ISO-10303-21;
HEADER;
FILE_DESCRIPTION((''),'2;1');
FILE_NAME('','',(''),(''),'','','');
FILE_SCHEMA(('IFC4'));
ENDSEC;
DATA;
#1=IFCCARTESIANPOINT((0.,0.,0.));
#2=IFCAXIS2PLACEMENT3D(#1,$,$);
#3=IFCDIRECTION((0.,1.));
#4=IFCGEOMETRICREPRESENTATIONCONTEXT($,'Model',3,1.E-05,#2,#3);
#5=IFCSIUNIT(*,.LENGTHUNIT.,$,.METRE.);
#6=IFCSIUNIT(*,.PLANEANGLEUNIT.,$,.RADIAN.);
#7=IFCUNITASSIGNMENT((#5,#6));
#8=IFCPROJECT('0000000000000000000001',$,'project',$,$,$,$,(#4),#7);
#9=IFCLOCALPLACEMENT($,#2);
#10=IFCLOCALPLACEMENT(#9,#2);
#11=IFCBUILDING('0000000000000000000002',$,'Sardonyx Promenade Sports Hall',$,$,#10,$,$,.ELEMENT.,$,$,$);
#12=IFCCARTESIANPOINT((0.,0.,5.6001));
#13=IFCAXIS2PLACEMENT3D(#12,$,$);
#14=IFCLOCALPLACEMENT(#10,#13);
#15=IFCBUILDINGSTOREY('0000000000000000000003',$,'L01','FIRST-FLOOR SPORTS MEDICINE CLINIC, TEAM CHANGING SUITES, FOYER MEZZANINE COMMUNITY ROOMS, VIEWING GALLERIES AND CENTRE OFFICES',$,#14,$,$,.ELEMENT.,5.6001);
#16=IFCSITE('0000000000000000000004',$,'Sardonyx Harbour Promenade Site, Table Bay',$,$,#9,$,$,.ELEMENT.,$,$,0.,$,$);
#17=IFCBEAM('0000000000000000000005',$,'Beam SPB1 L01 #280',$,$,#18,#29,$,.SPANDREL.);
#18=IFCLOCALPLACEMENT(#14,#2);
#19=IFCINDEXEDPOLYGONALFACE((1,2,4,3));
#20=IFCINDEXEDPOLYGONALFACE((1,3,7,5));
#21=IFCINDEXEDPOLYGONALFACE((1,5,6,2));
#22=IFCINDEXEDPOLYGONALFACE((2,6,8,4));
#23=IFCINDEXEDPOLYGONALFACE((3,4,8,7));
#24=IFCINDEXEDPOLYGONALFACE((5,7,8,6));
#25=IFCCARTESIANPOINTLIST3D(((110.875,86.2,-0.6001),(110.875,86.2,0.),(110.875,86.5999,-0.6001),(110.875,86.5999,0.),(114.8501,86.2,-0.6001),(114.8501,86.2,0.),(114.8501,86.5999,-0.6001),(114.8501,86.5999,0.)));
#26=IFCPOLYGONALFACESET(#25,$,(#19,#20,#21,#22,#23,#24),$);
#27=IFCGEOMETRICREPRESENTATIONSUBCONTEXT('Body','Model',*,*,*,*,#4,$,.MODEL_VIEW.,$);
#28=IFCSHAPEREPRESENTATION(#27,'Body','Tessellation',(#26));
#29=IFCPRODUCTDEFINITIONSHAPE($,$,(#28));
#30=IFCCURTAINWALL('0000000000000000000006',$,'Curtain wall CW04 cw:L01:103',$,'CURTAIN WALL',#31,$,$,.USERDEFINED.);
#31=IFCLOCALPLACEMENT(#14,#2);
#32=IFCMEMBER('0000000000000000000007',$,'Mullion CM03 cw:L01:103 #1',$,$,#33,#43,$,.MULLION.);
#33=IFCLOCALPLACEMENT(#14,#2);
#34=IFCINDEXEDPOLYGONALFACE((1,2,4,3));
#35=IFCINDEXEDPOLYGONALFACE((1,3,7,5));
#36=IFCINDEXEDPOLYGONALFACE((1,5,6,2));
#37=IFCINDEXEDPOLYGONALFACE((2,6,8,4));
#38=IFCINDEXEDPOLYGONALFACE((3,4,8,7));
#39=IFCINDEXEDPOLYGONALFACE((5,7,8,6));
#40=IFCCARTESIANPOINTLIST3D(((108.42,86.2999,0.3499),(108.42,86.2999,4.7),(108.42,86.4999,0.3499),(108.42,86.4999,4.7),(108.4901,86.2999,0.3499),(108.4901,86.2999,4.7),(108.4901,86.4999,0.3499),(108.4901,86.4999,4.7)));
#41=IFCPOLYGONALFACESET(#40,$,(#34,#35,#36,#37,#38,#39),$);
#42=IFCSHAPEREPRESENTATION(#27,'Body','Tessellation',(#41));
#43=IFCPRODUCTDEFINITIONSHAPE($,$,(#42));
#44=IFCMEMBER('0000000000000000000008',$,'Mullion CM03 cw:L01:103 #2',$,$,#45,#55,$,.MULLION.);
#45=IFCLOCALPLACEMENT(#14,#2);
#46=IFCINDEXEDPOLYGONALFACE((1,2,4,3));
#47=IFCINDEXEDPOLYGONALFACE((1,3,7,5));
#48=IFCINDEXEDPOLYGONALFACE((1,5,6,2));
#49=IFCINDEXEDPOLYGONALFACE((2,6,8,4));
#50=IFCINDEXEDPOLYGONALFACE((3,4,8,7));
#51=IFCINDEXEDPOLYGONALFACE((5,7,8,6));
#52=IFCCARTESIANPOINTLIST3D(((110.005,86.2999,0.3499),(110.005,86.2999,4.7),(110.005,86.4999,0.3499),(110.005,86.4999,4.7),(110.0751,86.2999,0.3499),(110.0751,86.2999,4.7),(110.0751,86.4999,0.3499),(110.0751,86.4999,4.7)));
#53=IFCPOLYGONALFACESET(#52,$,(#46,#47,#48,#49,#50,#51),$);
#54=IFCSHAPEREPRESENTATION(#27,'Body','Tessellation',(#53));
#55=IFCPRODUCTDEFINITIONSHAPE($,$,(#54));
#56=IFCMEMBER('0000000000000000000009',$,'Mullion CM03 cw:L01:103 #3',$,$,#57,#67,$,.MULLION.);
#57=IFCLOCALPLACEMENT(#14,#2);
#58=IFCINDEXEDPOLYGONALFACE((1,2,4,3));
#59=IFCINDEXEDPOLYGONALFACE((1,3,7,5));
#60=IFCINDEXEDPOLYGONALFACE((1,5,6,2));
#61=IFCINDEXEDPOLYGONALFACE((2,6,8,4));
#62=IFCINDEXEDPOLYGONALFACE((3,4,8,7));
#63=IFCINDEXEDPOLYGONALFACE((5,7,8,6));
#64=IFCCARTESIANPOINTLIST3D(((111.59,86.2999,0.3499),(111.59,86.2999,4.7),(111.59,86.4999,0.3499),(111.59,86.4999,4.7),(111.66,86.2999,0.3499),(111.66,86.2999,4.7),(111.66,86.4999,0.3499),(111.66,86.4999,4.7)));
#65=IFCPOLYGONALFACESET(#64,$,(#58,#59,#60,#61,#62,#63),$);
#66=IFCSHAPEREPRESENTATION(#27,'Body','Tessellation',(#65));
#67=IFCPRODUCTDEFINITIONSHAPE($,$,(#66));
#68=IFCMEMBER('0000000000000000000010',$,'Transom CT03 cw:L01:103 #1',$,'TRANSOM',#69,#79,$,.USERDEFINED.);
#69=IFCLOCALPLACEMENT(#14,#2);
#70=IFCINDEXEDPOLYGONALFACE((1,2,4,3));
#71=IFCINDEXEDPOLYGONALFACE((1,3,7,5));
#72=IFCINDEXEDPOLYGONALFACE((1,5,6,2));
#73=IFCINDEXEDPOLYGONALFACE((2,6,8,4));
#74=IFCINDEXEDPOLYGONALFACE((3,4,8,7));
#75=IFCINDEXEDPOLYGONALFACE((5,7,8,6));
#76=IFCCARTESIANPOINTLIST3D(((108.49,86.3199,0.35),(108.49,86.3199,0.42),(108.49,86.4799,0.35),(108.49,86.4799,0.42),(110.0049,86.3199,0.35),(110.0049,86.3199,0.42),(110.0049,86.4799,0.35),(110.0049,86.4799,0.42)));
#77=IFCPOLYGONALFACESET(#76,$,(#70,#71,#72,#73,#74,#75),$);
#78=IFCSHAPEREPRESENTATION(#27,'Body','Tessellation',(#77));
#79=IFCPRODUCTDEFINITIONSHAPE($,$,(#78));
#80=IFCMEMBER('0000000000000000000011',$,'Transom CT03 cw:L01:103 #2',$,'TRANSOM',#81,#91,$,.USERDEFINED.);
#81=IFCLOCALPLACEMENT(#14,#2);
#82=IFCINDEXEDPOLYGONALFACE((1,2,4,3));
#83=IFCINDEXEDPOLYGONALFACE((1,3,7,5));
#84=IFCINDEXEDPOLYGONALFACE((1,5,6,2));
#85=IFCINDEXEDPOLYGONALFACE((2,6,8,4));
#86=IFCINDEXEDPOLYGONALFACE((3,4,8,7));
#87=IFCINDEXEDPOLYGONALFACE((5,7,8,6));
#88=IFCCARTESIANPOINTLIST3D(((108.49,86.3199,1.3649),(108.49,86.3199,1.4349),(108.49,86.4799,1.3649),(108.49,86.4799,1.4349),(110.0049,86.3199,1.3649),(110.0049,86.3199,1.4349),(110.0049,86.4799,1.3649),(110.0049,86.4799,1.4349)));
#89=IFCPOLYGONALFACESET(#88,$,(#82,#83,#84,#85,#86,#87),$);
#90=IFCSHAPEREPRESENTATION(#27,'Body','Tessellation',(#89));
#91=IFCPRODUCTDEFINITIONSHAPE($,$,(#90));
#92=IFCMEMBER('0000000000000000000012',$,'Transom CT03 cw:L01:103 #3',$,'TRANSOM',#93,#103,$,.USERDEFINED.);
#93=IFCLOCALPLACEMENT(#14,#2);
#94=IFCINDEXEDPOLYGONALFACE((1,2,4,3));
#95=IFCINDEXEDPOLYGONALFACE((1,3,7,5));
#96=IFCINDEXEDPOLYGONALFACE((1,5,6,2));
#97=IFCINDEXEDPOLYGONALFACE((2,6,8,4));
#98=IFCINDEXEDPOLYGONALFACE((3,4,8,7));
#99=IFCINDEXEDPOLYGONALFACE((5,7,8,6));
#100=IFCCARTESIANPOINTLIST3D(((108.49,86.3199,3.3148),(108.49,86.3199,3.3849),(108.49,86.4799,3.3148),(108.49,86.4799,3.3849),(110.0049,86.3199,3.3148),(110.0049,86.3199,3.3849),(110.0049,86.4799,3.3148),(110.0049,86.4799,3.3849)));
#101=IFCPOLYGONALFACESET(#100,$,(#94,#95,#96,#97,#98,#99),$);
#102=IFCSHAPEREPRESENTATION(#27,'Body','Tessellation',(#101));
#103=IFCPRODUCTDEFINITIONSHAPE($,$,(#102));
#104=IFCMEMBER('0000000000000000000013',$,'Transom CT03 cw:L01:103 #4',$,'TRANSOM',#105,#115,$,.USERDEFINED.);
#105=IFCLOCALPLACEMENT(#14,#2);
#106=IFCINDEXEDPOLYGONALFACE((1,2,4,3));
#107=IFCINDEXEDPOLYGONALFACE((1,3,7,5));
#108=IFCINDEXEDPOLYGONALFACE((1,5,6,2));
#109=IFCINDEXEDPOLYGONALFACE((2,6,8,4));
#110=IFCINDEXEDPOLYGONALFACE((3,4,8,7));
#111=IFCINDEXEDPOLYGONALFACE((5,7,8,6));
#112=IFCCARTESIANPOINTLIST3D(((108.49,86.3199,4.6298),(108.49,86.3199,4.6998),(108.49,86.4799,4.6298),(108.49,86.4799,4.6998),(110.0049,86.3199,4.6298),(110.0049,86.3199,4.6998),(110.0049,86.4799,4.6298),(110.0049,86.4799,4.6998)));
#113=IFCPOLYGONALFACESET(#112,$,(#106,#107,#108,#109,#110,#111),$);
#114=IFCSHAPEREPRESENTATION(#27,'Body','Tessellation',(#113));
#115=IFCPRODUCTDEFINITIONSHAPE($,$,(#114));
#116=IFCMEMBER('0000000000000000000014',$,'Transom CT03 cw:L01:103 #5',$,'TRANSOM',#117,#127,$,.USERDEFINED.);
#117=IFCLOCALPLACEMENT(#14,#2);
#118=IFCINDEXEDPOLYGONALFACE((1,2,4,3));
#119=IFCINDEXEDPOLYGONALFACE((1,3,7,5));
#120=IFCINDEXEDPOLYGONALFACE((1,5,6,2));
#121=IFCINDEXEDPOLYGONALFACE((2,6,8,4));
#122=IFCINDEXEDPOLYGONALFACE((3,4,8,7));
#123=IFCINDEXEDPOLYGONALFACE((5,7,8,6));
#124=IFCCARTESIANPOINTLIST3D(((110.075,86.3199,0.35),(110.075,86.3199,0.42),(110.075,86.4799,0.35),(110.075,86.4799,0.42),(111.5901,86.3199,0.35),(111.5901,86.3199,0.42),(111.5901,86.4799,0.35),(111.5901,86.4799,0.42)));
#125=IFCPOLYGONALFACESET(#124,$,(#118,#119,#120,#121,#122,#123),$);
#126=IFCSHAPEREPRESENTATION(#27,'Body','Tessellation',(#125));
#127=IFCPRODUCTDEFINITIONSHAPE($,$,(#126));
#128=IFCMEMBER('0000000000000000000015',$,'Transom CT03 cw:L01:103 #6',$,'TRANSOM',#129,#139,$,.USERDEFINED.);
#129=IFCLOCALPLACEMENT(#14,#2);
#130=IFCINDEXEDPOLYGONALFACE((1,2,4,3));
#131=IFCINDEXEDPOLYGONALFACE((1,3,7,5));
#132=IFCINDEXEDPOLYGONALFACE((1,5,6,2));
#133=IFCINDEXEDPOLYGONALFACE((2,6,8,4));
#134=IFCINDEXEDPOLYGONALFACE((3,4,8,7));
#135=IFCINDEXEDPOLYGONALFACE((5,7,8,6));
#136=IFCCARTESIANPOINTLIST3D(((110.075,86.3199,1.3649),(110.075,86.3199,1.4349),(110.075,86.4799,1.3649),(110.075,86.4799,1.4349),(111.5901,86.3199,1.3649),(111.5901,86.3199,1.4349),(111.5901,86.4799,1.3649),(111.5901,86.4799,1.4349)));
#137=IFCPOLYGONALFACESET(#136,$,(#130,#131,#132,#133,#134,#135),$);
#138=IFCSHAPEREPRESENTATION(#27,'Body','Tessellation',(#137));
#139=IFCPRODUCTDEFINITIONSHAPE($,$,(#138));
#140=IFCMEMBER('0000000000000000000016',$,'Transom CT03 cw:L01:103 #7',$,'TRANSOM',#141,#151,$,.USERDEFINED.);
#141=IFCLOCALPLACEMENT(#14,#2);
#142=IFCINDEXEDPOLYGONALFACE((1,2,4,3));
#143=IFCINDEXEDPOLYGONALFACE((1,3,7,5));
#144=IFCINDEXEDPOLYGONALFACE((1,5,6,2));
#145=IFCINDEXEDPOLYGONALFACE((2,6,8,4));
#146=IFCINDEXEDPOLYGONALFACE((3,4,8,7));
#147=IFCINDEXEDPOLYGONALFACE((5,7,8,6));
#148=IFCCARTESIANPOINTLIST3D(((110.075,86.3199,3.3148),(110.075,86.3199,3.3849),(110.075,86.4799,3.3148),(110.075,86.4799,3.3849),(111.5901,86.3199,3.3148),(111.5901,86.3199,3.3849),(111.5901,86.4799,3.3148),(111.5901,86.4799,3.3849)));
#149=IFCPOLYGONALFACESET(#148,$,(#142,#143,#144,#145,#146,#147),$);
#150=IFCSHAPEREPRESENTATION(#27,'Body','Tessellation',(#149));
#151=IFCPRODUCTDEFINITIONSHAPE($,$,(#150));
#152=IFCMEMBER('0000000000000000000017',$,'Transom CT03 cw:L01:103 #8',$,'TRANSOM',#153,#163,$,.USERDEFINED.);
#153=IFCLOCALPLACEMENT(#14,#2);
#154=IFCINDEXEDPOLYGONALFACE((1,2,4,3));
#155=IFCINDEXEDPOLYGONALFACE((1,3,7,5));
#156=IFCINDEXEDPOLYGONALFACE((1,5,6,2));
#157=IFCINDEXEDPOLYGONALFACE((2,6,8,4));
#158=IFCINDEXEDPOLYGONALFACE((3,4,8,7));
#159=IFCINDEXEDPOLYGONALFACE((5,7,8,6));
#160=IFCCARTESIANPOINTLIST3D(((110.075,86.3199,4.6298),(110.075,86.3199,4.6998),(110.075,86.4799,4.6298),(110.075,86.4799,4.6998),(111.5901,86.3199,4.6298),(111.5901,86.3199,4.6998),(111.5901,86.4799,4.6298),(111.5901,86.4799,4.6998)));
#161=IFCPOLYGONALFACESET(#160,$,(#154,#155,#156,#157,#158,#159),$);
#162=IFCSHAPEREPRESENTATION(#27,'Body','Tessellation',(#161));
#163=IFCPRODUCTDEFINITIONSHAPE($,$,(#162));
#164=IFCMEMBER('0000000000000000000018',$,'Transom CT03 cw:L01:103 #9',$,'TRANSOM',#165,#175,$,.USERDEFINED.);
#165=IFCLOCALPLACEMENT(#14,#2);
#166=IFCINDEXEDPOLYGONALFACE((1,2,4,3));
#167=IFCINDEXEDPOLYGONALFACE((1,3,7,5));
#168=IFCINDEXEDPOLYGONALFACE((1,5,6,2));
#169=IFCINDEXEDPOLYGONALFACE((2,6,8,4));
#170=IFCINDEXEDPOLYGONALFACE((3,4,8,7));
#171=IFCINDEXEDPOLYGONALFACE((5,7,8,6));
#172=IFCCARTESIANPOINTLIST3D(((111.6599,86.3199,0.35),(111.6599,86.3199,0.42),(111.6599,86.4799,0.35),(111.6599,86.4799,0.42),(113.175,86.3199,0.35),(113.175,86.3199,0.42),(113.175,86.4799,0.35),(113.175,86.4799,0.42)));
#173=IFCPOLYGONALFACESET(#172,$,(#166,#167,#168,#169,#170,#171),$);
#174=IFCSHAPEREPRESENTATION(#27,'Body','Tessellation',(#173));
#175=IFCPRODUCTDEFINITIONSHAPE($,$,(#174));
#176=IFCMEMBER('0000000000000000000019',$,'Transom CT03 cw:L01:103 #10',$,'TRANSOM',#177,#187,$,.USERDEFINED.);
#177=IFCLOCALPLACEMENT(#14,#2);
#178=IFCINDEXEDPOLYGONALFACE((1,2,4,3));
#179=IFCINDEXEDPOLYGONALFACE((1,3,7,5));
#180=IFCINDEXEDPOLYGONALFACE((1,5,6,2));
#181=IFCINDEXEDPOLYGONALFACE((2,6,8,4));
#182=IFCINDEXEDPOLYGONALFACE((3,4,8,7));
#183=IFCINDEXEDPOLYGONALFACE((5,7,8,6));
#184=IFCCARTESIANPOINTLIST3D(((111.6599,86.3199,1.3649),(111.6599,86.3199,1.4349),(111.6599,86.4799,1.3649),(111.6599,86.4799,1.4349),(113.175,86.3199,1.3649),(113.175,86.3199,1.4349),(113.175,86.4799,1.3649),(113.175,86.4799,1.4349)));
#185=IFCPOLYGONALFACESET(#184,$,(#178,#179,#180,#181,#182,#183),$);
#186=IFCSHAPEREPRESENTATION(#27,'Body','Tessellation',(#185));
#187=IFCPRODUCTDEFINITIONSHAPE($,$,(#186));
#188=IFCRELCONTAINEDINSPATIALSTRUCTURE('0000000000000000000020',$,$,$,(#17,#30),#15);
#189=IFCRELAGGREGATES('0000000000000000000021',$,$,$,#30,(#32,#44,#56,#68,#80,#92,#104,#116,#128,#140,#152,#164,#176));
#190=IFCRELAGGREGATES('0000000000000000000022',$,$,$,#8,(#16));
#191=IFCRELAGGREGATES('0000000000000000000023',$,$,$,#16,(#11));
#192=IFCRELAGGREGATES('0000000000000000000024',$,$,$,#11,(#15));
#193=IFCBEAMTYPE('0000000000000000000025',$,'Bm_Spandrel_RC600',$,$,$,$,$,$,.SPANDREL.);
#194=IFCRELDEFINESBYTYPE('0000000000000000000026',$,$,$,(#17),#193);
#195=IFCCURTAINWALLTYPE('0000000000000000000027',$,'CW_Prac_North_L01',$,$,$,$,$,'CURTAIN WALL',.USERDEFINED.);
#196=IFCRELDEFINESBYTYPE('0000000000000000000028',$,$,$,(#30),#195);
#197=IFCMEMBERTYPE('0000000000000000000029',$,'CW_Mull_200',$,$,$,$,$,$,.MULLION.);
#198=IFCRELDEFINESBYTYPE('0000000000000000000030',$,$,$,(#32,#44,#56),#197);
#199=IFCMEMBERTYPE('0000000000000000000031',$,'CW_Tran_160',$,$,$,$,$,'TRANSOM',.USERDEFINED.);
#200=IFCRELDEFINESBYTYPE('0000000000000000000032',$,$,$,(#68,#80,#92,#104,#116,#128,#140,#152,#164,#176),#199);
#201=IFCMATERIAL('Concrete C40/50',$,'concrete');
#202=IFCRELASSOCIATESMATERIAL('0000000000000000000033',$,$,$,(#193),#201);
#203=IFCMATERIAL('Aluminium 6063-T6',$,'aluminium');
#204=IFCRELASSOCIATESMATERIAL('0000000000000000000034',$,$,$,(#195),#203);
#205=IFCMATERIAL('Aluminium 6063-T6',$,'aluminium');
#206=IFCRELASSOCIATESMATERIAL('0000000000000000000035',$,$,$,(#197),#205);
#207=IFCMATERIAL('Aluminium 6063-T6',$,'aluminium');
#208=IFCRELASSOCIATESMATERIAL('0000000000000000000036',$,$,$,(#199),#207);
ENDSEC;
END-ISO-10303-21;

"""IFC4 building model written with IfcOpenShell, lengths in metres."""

from ifc_helpers import new_model, si_unit, direction, frame, origin, origin_2d, place, context, subcontext, project, spatial, rectangle, extrude, material, material_profile, profile_set, type_object, element, aggregate, save


model = new_model("IFC4")

# Units and contexts
model_context = context("Model", 3, precision=1e-05, world=origin(), true_north=direction((0.0, 1.0)))
body_context = subcontext(model_context, "Body", "Model", "MODEL_VIEW")
ifc_project = project(units=[si_unit("LENGTHUNIT", "METRE"), si_unit("PLANEANGLEUNIT", "RADIAN")], contexts=[model_context])

# Site, building, storey
site_placement = place(None, origin())
site = spatial("IfcSite", under=ifc_project, at=site_placement, Name="Sardonyx Harbour Promenade Site, Table Bay", CompositionType="ELEMENT", RefElevation=0.0)
building_placement = place(site_placement, origin())
building = spatial("IfcBuilding", under=site, at=building_placement, Name="Sardonyx Promenade Sports Hall", CompositionType="ELEMENT")
storey_placement = place(building_placement, frame((0.0, 0.0, 5.6001)))
storey = spatial("IfcBuildingStorey", under=building, at=storey_placement, Name="L01", Description="FIRST-FLOOR SPORTS MEDICINE CLINIC, TEAM CHANGING SUITES, FOYER MEZZANINE COMMUNITY ROOMS, VIEWING GALLERIES AND CENTRE OFFICES", CompositionType="ELEMENT", Elevation=5.6001)

# Beam
ifc_material_1 = material(Name="Concrete C40/50", Category="concrete")
ifc_material_profile_1 = material_profile(ifc_material_1, rectangle(XDim=0.3999, YDim=0.6001, at=origin_2d()))
ifc_profile_set_1 = profile_set([ifc_material_profile_1], Name="Concrete C40/50")
beam_type = type_object("IfcBeamType", Name="Bm_Spandrel_RC600", PredefinedType="SPANDREL", material=ifc_profile_set_1)
beam_placement = place(storey_placement, frame((110.875, 86.3999, -0.3), z_axis=(1.0, 0.0, 0.0), x_axis=(0.0, 1.0, 0.0)))
element("IfcBeam", 1, at=beam_placement, inside=storey, type_object=beam_type, Name="Beam SPB1 L01 #280", PredefinedType="SPANDREL", context=body_context, shape_type="SweptSolid", body=[
    extrude(rectangle(XDim=0.3999, YDim=0.6001, at=origin_2d()), origin(), (0.0, 0.0, 1.0), 3.9751),
])

# Curtain wall, members
ifc_material_2 = material(Name="Aluminium 6063-T6", Category="aluminium")
curtain_wall_type = type_object("IfcCurtainWallType", Name="CW_Prac_North_L01", ElementType="CURTAIN WALL", PredefinedType="USERDEFINED", material=ifc_material_2)
curtain_wall_placement = place(storey_placement, origin())
curtain_wall = element("IfcCurtainWall", 2, at=curtain_wall_placement, inside=storey, type_object=curtain_wall_type, Name="Curtain wall CW04 cw:L01:103", ObjectType="CURTAIN WALL", PredefinedType="USERDEFINED")
ifc_material_3 = material(Name="Aluminium 6063-T6", Category="aluminium")
ifc_material_profile_2 = material_profile(ifc_material_3, rectangle(XDim=0.0701, YDim=0.2, at=origin_2d()))
ifc_profile_set_2 = profile_set([ifc_material_profile_2], Name="Aluminium 6063-T6")
member_type_1 = type_object("IfcMemberType", Name="CW_Mull_200", PredefinedType="MULLION", material=ifc_profile_set_2)
member_1_placement = place(storey_placement, frame((108.4551, 86.3999, 0.3499), z_axis=(0.0, 0.0, 1.0), x_axis=(1.0, 0.0, 0.0)))
member_1 = element("IfcMember", 3, at=member_1_placement, type_object=member_type_1, Name="Mullion CM03 cw:L01:103 #1", PredefinedType="MULLION", context=body_context, shape_type="SweptSolid", body=[
    extrude(rectangle(XDim=0.0701, YDim=0.2, at=origin_2d()), origin(), (0.0, 0.0, 1.0), 4.3501),
])
member_2_placement = place(storey_placement, frame((110.04, 86.3999, 0.3499), z_axis=(0.0, 0.0, 1.0), x_axis=(1.0, 0.0, 0.0)))
member_2 = element("IfcMember", 4, at=member_2_placement, type_object=member_type_1, Name="Mullion CM03 cw:L01:103 #2", PredefinedType="MULLION", context=body_context, shape_type="SweptSolid", body=[
    extrude(rectangle(XDim=0.0701, YDim=0.2, at=origin_2d()), origin(), (0.0, 0.0, 1.0), 4.3501),
])
member_3_placement = place(storey_placement, frame((111.625, 86.3999, 0.3499), z_axis=(0.0, 0.0, 1.0), x_axis=(1.0, 0.0, 0.0)))
member_3 = element("IfcMember", 5, at=member_3_placement, type_object=member_type_1, Name="Mullion CM03 cw:L01:103 #3", PredefinedType="MULLION", context=body_context, shape_type="SweptSolid", body=[
    extrude(rectangle(XDim=0.0701, YDim=0.2, at=origin_2d()), origin(), (0.0, 0.0, 1.0), 4.3501),
])
ifc_material_4 = material(Name="Aluminium 6063-T6", Category="aluminium")
ifc_material_profile_3 = material_profile(ifc_material_4, rectangle(XDim=0.0701, YDim=0.1599, at=origin_2d()))
ifc_profile_set_3 = profile_set([ifc_material_profile_3], Name="Aluminium 6063-T6")
member_type_2 = type_object("IfcMemberType", Name="CW_Tran_160", ElementType="TRANSOM", PredefinedType="USERDEFINED", material=ifc_profile_set_3)
member_4_placement = place(storey_placement, frame((108.49, 86.3999, 0.385), z_axis=(1.0, 0.0, 0.0), x_axis=(0.0, 0.0, 1.0)))
member_4 = element("IfcMember", 6, at=member_4_placement, type_object=member_type_2, Name="Transom CT03 cw:L01:103 #1", ObjectType="TRANSOM", PredefinedType="USERDEFINED", context=body_context, shape_type="SweptSolid", body=[
    extrude(rectangle(XDim=0.0701, YDim=0.1599, at=origin_2d()), origin(), (0.0, 0.0, 1.0), 1.5149),
])
member_5_placement = place(storey_placement, frame((108.49, 86.3999, 1.3999), z_axis=(1.0, 0.0, 0.0), x_axis=(0.0, 0.0, 1.0)))
member_5 = element("IfcMember", 7, at=member_5_placement, type_object=member_type_2, Name="Transom CT03 cw:L01:103 #2", ObjectType="TRANSOM", PredefinedType="USERDEFINED", context=body_context, shape_type="SweptSolid", body=[
    extrude(rectangle(XDim=0.0701, YDim=0.1599, at=origin_2d()), origin(), (0.0, 0.0, 1.0), 1.5149),
])
member_6_placement = place(storey_placement, frame((108.49, 86.3999, 3.3499), z_axis=(1.0, 0.0, 0.0), x_axis=(0.0, 0.0, 1.0)))
member_6 = element("IfcMember", 8, at=member_6_placement, type_object=member_type_2, Name="Transom CT03 cw:L01:103 #3", ObjectType="TRANSOM", PredefinedType="USERDEFINED", context=body_context, shape_type="SweptSolid", body=[
    extrude(rectangle(XDim=0.0701, YDim=0.1599, at=origin_2d()), origin(), (0.0, 0.0, 1.0), 1.5149),
])
member_7_placement = place(storey_placement, frame((108.49, 86.3999, 4.6648), z_axis=(1.0, 0.0, 0.0), x_axis=(0.0, 0.0, 1.0)))
member_7 = element("IfcMember", 9, at=member_7_placement, type_object=member_type_2, Name="Transom CT03 cw:L01:103 #4", ObjectType="TRANSOM", PredefinedType="USERDEFINED", context=body_context, shape_type="SweptSolid", body=[
    extrude(rectangle(XDim=0.0701, YDim=0.1599, at=origin_2d()), origin(), (0.0, 0.0, 1.0), 1.5149),
])
member_8_placement = place(storey_placement, frame((110.075, 86.3999, 0.385), z_axis=(1.0, 0.0, 0.0), x_axis=(0.0, 0.0, 1.0)))
member_8 = element("IfcMember", 10, at=member_8_placement, type_object=member_type_2, Name="Transom CT03 cw:L01:103 #5", ObjectType="TRANSOM", PredefinedType="USERDEFINED", context=body_context, shape_type="SweptSolid", body=[
    extrude(rectangle(XDim=0.0701, YDim=0.1599, at=origin_2d()), origin(), (0.0, 0.0, 1.0), 1.5151),
])
member_9_placement = place(storey_placement, frame((110.075, 86.3999, 1.3999), z_axis=(1.0, 0.0, 0.0), x_axis=(0.0, 0.0, 1.0)))
member_9 = element("IfcMember", 11, at=member_9_placement, type_object=member_type_2, Name="Transom CT03 cw:L01:103 #6", ObjectType="TRANSOM", PredefinedType="USERDEFINED", context=body_context, shape_type="SweptSolid", body=[
    extrude(rectangle(XDim=0.0701, YDim=0.1599, at=origin_2d()), origin(), (0.0, 0.0, 1.0), 1.5151),
])
member_10_placement = place(storey_placement, frame((110.075, 86.3999, 3.3499), z_axis=(1.0, 0.0, 0.0), x_axis=(0.0, 0.0, 1.0)))
member_10 = element("IfcMember", 12, at=member_10_placement, type_object=member_type_2, Name="Transom CT03 cw:L01:103 #7", ObjectType="TRANSOM", PredefinedType="USERDEFINED", context=body_context, shape_type="SweptSolid", body=[
    extrude(rectangle(XDim=0.0701, YDim=0.1599, at=origin_2d()), origin(), (0.0, 0.0, 1.0), 1.5151),
])
member_11_placement = place(storey_placement, frame((110.075, 86.3999, 4.6648), z_axis=(1.0, 0.0, 0.0), x_axis=(0.0, 0.0, 1.0)))
member_11 = element("IfcMember", 13, at=member_11_placement, type_object=member_type_2, Name="Transom CT03 cw:L01:103 #8", ObjectType="TRANSOM", PredefinedType="USERDEFINED", context=body_context, shape_type="SweptSolid", body=[
    extrude(rectangle(XDim=0.0701, YDim=0.1599, at=origin_2d()), origin(), (0.0, 0.0, 1.0), 1.5151),
])
member_12_placement = place(storey_placement, frame((111.6599, 86.3999, 0.385), z_axis=(1.0, 0.0, 0.0), x_axis=(0.0, 0.0, 1.0)))
member_12 = element("IfcMember", 14, at=member_12_placement, type_object=member_type_2, Name="Transom CT03 cw:L01:103 #9", ObjectType="TRANSOM", PredefinedType="USERDEFINED", context=body_context, shape_type="SweptSolid", body=[
    extrude(rectangle(XDim=0.0701, YDim=0.1599, at=origin_2d()), origin(), (0.0, 0.0, 1.0), 1.5151),
])
member_13_placement = place(storey_placement, frame((111.6599, 86.3999, 1.3999), z_axis=(1.0, 0.0, 0.0), x_axis=(0.0, 0.0, 1.0)))
member_13 = element("IfcMember", 15, at=member_13_placement, type_object=member_type_2, Name="Transom CT03 cw:L01:103 #10", ObjectType="TRANSOM", PredefinedType="USERDEFINED", context=body_context, shape_type="SweptSolid", body=[
    extrude(rectangle(XDim=0.0701, YDim=0.1599, at=origin_2d()), origin(), (0.0, 0.0, 1.0), 1.5151),
])
aggregate(curtain_wall, [member_1, member_2, member_3, member_4, member_5, member_6, member_7, member_8, member_9, member_10, member_11, member_12, member_13])

save(model, "model.ifc")
